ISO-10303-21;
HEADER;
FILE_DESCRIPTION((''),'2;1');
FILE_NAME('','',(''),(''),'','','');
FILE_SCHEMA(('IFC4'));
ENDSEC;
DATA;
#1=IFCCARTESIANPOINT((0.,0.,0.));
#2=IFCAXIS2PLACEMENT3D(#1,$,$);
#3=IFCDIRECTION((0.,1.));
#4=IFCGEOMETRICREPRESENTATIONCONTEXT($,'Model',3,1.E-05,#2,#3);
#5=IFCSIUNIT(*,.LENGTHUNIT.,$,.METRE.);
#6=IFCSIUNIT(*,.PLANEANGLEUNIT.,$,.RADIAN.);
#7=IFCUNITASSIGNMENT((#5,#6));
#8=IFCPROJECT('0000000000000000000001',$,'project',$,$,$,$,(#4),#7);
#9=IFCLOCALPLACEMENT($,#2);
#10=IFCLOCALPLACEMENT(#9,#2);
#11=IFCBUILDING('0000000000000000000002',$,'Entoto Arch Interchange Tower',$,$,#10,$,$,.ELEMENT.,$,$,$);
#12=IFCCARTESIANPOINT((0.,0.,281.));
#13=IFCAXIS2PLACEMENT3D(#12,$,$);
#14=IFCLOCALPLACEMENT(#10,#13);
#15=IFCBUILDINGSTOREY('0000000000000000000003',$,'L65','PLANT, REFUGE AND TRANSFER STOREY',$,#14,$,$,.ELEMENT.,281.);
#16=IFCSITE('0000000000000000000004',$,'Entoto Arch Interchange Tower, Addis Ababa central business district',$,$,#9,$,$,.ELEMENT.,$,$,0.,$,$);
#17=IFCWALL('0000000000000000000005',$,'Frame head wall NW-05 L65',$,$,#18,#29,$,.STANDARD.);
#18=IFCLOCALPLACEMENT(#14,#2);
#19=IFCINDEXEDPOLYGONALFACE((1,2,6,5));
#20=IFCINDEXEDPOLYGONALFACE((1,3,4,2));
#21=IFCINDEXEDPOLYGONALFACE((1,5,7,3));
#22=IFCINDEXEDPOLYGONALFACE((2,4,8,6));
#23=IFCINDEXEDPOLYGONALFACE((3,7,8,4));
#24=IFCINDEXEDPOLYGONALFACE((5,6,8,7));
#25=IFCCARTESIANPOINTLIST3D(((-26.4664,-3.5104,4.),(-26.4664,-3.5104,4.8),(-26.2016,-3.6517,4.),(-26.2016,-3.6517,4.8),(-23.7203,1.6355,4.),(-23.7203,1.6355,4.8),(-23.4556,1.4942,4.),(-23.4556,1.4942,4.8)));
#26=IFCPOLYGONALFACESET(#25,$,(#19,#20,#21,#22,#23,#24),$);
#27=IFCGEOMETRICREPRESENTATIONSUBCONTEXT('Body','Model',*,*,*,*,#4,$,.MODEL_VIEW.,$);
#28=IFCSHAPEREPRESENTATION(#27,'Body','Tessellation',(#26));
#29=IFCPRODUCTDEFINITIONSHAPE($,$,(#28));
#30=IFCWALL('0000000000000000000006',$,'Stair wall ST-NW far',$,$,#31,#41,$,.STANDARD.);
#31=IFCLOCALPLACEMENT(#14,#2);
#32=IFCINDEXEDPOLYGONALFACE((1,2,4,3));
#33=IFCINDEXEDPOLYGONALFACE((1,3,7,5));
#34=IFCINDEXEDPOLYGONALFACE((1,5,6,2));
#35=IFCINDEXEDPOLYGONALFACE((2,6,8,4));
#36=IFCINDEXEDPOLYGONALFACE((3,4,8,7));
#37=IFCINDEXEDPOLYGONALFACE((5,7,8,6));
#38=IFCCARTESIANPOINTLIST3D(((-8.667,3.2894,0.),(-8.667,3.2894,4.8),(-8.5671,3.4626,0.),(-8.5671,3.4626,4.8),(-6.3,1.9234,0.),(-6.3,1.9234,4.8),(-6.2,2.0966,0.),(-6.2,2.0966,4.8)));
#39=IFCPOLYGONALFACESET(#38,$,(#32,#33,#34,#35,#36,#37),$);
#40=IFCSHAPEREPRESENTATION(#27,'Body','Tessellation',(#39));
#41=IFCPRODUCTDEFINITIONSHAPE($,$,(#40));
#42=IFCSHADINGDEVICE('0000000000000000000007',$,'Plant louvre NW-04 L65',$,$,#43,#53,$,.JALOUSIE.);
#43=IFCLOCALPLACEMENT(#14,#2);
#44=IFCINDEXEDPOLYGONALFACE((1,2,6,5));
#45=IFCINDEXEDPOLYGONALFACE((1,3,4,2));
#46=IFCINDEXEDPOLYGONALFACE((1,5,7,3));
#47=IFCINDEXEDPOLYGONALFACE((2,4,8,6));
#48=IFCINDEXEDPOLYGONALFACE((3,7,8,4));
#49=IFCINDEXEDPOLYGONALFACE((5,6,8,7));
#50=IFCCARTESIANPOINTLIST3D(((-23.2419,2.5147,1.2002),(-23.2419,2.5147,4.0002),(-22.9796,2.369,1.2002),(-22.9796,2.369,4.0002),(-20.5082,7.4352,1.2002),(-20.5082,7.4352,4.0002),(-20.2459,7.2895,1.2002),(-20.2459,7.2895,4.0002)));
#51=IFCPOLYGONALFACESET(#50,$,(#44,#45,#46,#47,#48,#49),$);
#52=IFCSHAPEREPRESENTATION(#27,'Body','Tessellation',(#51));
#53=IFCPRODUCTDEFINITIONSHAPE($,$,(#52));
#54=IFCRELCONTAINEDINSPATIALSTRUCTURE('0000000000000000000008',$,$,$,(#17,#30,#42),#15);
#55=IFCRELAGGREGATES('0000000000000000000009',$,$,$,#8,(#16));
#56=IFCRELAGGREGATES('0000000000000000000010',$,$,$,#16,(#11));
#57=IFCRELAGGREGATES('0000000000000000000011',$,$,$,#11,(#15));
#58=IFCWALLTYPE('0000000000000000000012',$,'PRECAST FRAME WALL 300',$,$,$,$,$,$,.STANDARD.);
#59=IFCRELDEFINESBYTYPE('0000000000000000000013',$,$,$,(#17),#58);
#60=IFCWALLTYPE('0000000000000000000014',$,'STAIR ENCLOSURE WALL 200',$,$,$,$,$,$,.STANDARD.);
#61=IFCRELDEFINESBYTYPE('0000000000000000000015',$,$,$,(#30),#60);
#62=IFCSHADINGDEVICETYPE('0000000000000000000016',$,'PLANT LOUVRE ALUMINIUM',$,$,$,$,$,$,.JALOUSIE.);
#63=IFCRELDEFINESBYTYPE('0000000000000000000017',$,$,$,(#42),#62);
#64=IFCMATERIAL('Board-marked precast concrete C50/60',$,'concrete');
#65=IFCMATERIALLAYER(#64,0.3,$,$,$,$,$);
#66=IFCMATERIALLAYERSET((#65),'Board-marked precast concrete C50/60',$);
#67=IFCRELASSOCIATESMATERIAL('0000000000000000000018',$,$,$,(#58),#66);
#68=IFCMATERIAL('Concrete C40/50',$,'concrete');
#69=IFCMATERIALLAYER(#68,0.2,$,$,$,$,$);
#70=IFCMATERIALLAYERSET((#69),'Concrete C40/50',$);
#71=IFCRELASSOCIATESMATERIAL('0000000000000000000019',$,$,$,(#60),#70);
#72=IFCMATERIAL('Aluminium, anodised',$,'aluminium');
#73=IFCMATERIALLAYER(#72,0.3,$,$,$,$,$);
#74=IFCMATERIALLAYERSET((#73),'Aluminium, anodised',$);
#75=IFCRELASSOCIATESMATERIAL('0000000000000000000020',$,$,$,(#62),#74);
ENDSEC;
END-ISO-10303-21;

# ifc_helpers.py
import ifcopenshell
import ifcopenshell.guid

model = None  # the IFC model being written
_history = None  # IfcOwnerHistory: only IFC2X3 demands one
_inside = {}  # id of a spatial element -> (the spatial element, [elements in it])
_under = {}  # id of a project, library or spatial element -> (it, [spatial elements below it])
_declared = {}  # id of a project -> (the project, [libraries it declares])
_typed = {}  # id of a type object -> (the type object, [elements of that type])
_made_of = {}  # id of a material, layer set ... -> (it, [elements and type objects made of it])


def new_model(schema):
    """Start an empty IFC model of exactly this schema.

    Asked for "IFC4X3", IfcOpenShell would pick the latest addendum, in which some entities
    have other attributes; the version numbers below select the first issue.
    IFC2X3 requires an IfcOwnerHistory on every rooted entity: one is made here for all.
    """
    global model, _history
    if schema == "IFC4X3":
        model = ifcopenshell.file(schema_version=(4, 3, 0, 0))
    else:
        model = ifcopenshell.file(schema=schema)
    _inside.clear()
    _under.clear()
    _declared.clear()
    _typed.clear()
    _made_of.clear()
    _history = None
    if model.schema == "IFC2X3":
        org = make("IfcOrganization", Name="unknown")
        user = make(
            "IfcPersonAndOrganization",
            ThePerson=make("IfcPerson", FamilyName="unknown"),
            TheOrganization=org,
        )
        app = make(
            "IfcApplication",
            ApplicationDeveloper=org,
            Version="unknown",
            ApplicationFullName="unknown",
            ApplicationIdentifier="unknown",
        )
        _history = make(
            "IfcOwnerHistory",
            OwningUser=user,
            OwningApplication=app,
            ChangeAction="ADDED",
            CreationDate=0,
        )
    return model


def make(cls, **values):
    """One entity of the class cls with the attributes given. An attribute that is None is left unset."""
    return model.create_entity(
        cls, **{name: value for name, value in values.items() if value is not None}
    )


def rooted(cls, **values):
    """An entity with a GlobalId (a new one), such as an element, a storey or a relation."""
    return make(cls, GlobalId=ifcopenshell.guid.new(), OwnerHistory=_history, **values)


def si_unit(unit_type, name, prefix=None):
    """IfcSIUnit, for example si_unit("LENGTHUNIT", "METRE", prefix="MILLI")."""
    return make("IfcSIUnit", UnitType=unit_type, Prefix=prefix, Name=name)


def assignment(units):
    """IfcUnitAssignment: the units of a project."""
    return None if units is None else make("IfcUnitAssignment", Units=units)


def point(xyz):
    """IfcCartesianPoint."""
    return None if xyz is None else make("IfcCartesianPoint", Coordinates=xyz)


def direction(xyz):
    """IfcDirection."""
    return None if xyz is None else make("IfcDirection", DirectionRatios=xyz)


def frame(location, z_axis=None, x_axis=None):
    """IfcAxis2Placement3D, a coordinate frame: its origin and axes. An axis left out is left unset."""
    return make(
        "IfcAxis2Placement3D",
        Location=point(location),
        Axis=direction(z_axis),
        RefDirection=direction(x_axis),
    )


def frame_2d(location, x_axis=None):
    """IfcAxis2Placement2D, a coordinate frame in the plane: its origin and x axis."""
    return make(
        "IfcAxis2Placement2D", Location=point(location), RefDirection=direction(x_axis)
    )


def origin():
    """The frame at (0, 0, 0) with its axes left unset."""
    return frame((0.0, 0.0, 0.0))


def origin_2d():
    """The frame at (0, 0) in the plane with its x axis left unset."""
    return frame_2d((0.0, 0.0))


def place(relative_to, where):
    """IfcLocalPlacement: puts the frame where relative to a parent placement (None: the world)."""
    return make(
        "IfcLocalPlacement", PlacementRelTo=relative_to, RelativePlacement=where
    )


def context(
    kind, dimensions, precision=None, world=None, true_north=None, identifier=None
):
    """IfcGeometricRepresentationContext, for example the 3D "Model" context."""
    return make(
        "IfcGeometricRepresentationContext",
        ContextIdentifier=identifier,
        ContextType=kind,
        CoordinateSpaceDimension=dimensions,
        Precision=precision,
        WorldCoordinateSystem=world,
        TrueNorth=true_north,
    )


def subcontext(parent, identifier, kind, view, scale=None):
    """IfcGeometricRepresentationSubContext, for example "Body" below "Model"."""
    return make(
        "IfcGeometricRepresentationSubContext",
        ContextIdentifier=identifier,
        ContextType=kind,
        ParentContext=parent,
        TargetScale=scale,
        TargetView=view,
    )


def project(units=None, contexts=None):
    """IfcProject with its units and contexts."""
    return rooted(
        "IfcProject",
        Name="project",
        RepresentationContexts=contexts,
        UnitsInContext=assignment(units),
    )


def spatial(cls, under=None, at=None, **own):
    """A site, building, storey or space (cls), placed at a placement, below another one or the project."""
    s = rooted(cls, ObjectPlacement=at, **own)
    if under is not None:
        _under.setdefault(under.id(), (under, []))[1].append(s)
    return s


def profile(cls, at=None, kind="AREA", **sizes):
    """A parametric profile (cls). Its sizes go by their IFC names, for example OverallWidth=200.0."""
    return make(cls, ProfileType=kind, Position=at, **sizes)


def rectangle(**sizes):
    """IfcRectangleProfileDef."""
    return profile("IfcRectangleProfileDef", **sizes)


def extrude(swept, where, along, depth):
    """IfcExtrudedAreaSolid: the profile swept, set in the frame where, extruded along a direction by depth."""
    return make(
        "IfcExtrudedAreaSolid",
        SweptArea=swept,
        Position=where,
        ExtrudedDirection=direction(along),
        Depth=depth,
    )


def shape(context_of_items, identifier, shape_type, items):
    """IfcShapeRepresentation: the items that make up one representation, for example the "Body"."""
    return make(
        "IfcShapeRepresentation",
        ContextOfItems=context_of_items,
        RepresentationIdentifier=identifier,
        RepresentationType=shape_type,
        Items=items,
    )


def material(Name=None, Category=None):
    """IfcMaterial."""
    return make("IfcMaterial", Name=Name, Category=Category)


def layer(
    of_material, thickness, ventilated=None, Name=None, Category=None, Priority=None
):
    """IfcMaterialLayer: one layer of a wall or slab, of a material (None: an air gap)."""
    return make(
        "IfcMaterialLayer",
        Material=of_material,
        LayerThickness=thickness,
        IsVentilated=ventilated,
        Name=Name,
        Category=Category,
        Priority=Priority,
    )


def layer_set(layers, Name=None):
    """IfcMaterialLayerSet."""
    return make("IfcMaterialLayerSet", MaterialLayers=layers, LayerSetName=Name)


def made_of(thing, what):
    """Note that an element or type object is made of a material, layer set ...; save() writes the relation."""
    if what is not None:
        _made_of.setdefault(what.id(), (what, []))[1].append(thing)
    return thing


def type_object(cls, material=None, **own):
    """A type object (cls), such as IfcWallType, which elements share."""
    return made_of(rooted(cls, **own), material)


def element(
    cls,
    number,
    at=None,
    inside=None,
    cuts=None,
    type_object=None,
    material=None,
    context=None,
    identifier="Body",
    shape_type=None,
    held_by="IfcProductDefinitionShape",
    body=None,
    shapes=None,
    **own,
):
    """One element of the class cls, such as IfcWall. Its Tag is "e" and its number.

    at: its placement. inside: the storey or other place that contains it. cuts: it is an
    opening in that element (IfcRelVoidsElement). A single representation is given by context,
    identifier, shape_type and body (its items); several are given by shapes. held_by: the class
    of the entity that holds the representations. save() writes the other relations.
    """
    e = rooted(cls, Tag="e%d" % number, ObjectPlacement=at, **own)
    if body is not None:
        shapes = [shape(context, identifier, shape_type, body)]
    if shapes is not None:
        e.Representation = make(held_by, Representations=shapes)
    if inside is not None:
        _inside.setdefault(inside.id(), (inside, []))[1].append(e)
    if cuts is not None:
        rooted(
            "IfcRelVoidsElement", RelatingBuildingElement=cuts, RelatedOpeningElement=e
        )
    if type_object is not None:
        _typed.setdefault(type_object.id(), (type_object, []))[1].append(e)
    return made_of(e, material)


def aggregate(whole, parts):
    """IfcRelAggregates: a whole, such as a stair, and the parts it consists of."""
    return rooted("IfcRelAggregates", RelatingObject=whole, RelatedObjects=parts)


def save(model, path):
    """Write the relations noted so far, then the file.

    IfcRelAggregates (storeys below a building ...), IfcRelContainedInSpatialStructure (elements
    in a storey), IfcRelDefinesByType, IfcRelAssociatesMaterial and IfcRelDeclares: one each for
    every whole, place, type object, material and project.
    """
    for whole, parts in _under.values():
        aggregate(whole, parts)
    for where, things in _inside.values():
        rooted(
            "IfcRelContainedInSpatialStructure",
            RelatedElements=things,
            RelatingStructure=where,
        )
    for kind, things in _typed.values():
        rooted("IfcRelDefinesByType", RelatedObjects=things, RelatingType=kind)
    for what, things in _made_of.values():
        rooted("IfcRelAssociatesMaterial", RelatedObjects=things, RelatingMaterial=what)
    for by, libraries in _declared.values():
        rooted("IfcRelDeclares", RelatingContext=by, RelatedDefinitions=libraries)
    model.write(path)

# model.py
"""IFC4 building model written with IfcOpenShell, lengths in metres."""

from ifc_helpers import new_model, si_unit, direction, frame, frame_2d, origin, origin_2d, place, context, subcontext, project, spatial, rectangle, extrude, material, layer, layer_set, type_object, element, save


model = new_model("IFC4")

# Units and contexts
model_context = context("Model", 3, precision=1e-05, world=origin(), true_north=direction((0.0, 1.0)))
body_context = subcontext(model_context, "Body", "Model", "MODEL_VIEW")
ifc_project = project(units=[si_unit("LENGTHUNIT", "METRE"), si_unit("PLANEANGLEUNIT", "RADIAN")], contexts=[model_context])

# Site, building, storey
site_placement = place(None, origin())
site = spatial("IfcSite", under=ifc_project, at=site_placement, Name="Entoto Arch Interchange Tower, Addis Ababa central business district", CompositionType="ELEMENT", RefElevation=0.0)
building_placement = place(site_placement, origin())
building = spatial("IfcBuilding", under=site, at=building_placement, Name="Entoto Arch Interchange Tower", CompositionType="ELEMENT")
storey_placement = place(building_placement, frame((0.0, 0.0, 281.0)))
storey = spatial("IfcBuildingStorey", under=building, at=storey_placement, Name="L65", Description="PLANT, REFUGE AND TRANSFER STOREY", CompositionType="ELEMENT", Elevation=281.0)

# Shared definitions
ifc_material_1 = material(Name="Concrete C40/50", Category="concrete")

# Walls
ifc_material_2 = material(Name="Board-marked precast concrete C50/60", Category="concrete")
ifc_layer_1 = layer(ifc_material_2, 0.3)
ifc_layer_set_1 = layer_set([ifc_layer_1], Name="Board-marked precast concrete C50/60")
wall_type_1 = type_object("IfcWallType", Name="PRECAST FRAME WALL 300", PredefinedType="STANDARD", material=ifc_layer_set_1)
wall_1_placement = place(storey_placement, frame((-23.5879, 1.5649, 4.0), z_axis=(0.0, 0.0, 1.0), x_axis=(-0.470797, -0.882242, 0.0)))
element("IfcWall", 1, at=wall_1_placement, inside=storey, type_object=wall_type_1, Name="Frame head wall NW-05 L65", PredefinedType="STANDARD", context=body_context, shape_type="SweptSolid", body=[
    extrude(rectangle(XDim=5.8328, YDim=0.3, at=frame_2d((2.9165, 0.0))), origin(), (0.0, 0.0, 1.0), 0.8),
])
ifc_layer_2 = layer(ifc_material_1, 0.2)
ifc_layer_set_2 = layer_set([ifc_layer_2], Name="Concrete C40/50")
wall_type_2 = type_object("IfcWallType", Name="STAIR ENCLOSURE WALL 200", PredefinedType="STANDARD", material=ifc_layer_set_2)
wall_2_placement = place(storey_placement, frame((-6.25, 2.01, 0.0), z_axis=(0.0, 0.0, 1.0), x_axis=(-0.866119, 0.499838, 0.0)))
element("IfcWall", 2, at=wall_2_placement, inside=storey, type_object=wall_type_2, Name="Stair wall ST-NW far", PredefinedType="STANDARD", context=body_context, shape_type="SweptSolid", body=[
    extrude(rectangle(XDim=2.7329, YDim=0.2, at=frame_2d((1.3665, 0.0))), origin(), (0.0, 0.0, 1.0), 4.8),
])

# Shading device
ifc_material_3 = material(Name="Aluminium, anodised", Category="aluminium")
ifc_layer_3 = layer(ifc_material_3, 0.3)
ifc_layer_set_3 = layer_set([ifc_layer_3], Name="Aluminium, anodised")
shading_device_type = type_object("IfcShadingDeviceType", Name="PLANT LOUVRE ALUMINIUM", PredefinedType="JALOUSIE", material=ifc_layer_set_3)
shading_device_placement = place(storey_placement, frame((-21.7439, 4.9021, 1.2002), z_axis=(0.0, 0.0, 1.0), x_axis=(-0.485664, -0.874145, 0.0)))
element("IfcShadingDevice", 3, at=shading_device_placement, inside=storey, type_object=shading_device_type, Name="Plant louvre NW-04 L65", PredefinedType="JALOUSIE", context=body_context, shape_type="SweptSolid", body=[
    extrude(rectangle(XDim=5.6289, YDim=0.3, at=origin_2d()), origin(), (0.0, 0.0, 1.0), 2.8),
])

save(model, "model.ifc")
